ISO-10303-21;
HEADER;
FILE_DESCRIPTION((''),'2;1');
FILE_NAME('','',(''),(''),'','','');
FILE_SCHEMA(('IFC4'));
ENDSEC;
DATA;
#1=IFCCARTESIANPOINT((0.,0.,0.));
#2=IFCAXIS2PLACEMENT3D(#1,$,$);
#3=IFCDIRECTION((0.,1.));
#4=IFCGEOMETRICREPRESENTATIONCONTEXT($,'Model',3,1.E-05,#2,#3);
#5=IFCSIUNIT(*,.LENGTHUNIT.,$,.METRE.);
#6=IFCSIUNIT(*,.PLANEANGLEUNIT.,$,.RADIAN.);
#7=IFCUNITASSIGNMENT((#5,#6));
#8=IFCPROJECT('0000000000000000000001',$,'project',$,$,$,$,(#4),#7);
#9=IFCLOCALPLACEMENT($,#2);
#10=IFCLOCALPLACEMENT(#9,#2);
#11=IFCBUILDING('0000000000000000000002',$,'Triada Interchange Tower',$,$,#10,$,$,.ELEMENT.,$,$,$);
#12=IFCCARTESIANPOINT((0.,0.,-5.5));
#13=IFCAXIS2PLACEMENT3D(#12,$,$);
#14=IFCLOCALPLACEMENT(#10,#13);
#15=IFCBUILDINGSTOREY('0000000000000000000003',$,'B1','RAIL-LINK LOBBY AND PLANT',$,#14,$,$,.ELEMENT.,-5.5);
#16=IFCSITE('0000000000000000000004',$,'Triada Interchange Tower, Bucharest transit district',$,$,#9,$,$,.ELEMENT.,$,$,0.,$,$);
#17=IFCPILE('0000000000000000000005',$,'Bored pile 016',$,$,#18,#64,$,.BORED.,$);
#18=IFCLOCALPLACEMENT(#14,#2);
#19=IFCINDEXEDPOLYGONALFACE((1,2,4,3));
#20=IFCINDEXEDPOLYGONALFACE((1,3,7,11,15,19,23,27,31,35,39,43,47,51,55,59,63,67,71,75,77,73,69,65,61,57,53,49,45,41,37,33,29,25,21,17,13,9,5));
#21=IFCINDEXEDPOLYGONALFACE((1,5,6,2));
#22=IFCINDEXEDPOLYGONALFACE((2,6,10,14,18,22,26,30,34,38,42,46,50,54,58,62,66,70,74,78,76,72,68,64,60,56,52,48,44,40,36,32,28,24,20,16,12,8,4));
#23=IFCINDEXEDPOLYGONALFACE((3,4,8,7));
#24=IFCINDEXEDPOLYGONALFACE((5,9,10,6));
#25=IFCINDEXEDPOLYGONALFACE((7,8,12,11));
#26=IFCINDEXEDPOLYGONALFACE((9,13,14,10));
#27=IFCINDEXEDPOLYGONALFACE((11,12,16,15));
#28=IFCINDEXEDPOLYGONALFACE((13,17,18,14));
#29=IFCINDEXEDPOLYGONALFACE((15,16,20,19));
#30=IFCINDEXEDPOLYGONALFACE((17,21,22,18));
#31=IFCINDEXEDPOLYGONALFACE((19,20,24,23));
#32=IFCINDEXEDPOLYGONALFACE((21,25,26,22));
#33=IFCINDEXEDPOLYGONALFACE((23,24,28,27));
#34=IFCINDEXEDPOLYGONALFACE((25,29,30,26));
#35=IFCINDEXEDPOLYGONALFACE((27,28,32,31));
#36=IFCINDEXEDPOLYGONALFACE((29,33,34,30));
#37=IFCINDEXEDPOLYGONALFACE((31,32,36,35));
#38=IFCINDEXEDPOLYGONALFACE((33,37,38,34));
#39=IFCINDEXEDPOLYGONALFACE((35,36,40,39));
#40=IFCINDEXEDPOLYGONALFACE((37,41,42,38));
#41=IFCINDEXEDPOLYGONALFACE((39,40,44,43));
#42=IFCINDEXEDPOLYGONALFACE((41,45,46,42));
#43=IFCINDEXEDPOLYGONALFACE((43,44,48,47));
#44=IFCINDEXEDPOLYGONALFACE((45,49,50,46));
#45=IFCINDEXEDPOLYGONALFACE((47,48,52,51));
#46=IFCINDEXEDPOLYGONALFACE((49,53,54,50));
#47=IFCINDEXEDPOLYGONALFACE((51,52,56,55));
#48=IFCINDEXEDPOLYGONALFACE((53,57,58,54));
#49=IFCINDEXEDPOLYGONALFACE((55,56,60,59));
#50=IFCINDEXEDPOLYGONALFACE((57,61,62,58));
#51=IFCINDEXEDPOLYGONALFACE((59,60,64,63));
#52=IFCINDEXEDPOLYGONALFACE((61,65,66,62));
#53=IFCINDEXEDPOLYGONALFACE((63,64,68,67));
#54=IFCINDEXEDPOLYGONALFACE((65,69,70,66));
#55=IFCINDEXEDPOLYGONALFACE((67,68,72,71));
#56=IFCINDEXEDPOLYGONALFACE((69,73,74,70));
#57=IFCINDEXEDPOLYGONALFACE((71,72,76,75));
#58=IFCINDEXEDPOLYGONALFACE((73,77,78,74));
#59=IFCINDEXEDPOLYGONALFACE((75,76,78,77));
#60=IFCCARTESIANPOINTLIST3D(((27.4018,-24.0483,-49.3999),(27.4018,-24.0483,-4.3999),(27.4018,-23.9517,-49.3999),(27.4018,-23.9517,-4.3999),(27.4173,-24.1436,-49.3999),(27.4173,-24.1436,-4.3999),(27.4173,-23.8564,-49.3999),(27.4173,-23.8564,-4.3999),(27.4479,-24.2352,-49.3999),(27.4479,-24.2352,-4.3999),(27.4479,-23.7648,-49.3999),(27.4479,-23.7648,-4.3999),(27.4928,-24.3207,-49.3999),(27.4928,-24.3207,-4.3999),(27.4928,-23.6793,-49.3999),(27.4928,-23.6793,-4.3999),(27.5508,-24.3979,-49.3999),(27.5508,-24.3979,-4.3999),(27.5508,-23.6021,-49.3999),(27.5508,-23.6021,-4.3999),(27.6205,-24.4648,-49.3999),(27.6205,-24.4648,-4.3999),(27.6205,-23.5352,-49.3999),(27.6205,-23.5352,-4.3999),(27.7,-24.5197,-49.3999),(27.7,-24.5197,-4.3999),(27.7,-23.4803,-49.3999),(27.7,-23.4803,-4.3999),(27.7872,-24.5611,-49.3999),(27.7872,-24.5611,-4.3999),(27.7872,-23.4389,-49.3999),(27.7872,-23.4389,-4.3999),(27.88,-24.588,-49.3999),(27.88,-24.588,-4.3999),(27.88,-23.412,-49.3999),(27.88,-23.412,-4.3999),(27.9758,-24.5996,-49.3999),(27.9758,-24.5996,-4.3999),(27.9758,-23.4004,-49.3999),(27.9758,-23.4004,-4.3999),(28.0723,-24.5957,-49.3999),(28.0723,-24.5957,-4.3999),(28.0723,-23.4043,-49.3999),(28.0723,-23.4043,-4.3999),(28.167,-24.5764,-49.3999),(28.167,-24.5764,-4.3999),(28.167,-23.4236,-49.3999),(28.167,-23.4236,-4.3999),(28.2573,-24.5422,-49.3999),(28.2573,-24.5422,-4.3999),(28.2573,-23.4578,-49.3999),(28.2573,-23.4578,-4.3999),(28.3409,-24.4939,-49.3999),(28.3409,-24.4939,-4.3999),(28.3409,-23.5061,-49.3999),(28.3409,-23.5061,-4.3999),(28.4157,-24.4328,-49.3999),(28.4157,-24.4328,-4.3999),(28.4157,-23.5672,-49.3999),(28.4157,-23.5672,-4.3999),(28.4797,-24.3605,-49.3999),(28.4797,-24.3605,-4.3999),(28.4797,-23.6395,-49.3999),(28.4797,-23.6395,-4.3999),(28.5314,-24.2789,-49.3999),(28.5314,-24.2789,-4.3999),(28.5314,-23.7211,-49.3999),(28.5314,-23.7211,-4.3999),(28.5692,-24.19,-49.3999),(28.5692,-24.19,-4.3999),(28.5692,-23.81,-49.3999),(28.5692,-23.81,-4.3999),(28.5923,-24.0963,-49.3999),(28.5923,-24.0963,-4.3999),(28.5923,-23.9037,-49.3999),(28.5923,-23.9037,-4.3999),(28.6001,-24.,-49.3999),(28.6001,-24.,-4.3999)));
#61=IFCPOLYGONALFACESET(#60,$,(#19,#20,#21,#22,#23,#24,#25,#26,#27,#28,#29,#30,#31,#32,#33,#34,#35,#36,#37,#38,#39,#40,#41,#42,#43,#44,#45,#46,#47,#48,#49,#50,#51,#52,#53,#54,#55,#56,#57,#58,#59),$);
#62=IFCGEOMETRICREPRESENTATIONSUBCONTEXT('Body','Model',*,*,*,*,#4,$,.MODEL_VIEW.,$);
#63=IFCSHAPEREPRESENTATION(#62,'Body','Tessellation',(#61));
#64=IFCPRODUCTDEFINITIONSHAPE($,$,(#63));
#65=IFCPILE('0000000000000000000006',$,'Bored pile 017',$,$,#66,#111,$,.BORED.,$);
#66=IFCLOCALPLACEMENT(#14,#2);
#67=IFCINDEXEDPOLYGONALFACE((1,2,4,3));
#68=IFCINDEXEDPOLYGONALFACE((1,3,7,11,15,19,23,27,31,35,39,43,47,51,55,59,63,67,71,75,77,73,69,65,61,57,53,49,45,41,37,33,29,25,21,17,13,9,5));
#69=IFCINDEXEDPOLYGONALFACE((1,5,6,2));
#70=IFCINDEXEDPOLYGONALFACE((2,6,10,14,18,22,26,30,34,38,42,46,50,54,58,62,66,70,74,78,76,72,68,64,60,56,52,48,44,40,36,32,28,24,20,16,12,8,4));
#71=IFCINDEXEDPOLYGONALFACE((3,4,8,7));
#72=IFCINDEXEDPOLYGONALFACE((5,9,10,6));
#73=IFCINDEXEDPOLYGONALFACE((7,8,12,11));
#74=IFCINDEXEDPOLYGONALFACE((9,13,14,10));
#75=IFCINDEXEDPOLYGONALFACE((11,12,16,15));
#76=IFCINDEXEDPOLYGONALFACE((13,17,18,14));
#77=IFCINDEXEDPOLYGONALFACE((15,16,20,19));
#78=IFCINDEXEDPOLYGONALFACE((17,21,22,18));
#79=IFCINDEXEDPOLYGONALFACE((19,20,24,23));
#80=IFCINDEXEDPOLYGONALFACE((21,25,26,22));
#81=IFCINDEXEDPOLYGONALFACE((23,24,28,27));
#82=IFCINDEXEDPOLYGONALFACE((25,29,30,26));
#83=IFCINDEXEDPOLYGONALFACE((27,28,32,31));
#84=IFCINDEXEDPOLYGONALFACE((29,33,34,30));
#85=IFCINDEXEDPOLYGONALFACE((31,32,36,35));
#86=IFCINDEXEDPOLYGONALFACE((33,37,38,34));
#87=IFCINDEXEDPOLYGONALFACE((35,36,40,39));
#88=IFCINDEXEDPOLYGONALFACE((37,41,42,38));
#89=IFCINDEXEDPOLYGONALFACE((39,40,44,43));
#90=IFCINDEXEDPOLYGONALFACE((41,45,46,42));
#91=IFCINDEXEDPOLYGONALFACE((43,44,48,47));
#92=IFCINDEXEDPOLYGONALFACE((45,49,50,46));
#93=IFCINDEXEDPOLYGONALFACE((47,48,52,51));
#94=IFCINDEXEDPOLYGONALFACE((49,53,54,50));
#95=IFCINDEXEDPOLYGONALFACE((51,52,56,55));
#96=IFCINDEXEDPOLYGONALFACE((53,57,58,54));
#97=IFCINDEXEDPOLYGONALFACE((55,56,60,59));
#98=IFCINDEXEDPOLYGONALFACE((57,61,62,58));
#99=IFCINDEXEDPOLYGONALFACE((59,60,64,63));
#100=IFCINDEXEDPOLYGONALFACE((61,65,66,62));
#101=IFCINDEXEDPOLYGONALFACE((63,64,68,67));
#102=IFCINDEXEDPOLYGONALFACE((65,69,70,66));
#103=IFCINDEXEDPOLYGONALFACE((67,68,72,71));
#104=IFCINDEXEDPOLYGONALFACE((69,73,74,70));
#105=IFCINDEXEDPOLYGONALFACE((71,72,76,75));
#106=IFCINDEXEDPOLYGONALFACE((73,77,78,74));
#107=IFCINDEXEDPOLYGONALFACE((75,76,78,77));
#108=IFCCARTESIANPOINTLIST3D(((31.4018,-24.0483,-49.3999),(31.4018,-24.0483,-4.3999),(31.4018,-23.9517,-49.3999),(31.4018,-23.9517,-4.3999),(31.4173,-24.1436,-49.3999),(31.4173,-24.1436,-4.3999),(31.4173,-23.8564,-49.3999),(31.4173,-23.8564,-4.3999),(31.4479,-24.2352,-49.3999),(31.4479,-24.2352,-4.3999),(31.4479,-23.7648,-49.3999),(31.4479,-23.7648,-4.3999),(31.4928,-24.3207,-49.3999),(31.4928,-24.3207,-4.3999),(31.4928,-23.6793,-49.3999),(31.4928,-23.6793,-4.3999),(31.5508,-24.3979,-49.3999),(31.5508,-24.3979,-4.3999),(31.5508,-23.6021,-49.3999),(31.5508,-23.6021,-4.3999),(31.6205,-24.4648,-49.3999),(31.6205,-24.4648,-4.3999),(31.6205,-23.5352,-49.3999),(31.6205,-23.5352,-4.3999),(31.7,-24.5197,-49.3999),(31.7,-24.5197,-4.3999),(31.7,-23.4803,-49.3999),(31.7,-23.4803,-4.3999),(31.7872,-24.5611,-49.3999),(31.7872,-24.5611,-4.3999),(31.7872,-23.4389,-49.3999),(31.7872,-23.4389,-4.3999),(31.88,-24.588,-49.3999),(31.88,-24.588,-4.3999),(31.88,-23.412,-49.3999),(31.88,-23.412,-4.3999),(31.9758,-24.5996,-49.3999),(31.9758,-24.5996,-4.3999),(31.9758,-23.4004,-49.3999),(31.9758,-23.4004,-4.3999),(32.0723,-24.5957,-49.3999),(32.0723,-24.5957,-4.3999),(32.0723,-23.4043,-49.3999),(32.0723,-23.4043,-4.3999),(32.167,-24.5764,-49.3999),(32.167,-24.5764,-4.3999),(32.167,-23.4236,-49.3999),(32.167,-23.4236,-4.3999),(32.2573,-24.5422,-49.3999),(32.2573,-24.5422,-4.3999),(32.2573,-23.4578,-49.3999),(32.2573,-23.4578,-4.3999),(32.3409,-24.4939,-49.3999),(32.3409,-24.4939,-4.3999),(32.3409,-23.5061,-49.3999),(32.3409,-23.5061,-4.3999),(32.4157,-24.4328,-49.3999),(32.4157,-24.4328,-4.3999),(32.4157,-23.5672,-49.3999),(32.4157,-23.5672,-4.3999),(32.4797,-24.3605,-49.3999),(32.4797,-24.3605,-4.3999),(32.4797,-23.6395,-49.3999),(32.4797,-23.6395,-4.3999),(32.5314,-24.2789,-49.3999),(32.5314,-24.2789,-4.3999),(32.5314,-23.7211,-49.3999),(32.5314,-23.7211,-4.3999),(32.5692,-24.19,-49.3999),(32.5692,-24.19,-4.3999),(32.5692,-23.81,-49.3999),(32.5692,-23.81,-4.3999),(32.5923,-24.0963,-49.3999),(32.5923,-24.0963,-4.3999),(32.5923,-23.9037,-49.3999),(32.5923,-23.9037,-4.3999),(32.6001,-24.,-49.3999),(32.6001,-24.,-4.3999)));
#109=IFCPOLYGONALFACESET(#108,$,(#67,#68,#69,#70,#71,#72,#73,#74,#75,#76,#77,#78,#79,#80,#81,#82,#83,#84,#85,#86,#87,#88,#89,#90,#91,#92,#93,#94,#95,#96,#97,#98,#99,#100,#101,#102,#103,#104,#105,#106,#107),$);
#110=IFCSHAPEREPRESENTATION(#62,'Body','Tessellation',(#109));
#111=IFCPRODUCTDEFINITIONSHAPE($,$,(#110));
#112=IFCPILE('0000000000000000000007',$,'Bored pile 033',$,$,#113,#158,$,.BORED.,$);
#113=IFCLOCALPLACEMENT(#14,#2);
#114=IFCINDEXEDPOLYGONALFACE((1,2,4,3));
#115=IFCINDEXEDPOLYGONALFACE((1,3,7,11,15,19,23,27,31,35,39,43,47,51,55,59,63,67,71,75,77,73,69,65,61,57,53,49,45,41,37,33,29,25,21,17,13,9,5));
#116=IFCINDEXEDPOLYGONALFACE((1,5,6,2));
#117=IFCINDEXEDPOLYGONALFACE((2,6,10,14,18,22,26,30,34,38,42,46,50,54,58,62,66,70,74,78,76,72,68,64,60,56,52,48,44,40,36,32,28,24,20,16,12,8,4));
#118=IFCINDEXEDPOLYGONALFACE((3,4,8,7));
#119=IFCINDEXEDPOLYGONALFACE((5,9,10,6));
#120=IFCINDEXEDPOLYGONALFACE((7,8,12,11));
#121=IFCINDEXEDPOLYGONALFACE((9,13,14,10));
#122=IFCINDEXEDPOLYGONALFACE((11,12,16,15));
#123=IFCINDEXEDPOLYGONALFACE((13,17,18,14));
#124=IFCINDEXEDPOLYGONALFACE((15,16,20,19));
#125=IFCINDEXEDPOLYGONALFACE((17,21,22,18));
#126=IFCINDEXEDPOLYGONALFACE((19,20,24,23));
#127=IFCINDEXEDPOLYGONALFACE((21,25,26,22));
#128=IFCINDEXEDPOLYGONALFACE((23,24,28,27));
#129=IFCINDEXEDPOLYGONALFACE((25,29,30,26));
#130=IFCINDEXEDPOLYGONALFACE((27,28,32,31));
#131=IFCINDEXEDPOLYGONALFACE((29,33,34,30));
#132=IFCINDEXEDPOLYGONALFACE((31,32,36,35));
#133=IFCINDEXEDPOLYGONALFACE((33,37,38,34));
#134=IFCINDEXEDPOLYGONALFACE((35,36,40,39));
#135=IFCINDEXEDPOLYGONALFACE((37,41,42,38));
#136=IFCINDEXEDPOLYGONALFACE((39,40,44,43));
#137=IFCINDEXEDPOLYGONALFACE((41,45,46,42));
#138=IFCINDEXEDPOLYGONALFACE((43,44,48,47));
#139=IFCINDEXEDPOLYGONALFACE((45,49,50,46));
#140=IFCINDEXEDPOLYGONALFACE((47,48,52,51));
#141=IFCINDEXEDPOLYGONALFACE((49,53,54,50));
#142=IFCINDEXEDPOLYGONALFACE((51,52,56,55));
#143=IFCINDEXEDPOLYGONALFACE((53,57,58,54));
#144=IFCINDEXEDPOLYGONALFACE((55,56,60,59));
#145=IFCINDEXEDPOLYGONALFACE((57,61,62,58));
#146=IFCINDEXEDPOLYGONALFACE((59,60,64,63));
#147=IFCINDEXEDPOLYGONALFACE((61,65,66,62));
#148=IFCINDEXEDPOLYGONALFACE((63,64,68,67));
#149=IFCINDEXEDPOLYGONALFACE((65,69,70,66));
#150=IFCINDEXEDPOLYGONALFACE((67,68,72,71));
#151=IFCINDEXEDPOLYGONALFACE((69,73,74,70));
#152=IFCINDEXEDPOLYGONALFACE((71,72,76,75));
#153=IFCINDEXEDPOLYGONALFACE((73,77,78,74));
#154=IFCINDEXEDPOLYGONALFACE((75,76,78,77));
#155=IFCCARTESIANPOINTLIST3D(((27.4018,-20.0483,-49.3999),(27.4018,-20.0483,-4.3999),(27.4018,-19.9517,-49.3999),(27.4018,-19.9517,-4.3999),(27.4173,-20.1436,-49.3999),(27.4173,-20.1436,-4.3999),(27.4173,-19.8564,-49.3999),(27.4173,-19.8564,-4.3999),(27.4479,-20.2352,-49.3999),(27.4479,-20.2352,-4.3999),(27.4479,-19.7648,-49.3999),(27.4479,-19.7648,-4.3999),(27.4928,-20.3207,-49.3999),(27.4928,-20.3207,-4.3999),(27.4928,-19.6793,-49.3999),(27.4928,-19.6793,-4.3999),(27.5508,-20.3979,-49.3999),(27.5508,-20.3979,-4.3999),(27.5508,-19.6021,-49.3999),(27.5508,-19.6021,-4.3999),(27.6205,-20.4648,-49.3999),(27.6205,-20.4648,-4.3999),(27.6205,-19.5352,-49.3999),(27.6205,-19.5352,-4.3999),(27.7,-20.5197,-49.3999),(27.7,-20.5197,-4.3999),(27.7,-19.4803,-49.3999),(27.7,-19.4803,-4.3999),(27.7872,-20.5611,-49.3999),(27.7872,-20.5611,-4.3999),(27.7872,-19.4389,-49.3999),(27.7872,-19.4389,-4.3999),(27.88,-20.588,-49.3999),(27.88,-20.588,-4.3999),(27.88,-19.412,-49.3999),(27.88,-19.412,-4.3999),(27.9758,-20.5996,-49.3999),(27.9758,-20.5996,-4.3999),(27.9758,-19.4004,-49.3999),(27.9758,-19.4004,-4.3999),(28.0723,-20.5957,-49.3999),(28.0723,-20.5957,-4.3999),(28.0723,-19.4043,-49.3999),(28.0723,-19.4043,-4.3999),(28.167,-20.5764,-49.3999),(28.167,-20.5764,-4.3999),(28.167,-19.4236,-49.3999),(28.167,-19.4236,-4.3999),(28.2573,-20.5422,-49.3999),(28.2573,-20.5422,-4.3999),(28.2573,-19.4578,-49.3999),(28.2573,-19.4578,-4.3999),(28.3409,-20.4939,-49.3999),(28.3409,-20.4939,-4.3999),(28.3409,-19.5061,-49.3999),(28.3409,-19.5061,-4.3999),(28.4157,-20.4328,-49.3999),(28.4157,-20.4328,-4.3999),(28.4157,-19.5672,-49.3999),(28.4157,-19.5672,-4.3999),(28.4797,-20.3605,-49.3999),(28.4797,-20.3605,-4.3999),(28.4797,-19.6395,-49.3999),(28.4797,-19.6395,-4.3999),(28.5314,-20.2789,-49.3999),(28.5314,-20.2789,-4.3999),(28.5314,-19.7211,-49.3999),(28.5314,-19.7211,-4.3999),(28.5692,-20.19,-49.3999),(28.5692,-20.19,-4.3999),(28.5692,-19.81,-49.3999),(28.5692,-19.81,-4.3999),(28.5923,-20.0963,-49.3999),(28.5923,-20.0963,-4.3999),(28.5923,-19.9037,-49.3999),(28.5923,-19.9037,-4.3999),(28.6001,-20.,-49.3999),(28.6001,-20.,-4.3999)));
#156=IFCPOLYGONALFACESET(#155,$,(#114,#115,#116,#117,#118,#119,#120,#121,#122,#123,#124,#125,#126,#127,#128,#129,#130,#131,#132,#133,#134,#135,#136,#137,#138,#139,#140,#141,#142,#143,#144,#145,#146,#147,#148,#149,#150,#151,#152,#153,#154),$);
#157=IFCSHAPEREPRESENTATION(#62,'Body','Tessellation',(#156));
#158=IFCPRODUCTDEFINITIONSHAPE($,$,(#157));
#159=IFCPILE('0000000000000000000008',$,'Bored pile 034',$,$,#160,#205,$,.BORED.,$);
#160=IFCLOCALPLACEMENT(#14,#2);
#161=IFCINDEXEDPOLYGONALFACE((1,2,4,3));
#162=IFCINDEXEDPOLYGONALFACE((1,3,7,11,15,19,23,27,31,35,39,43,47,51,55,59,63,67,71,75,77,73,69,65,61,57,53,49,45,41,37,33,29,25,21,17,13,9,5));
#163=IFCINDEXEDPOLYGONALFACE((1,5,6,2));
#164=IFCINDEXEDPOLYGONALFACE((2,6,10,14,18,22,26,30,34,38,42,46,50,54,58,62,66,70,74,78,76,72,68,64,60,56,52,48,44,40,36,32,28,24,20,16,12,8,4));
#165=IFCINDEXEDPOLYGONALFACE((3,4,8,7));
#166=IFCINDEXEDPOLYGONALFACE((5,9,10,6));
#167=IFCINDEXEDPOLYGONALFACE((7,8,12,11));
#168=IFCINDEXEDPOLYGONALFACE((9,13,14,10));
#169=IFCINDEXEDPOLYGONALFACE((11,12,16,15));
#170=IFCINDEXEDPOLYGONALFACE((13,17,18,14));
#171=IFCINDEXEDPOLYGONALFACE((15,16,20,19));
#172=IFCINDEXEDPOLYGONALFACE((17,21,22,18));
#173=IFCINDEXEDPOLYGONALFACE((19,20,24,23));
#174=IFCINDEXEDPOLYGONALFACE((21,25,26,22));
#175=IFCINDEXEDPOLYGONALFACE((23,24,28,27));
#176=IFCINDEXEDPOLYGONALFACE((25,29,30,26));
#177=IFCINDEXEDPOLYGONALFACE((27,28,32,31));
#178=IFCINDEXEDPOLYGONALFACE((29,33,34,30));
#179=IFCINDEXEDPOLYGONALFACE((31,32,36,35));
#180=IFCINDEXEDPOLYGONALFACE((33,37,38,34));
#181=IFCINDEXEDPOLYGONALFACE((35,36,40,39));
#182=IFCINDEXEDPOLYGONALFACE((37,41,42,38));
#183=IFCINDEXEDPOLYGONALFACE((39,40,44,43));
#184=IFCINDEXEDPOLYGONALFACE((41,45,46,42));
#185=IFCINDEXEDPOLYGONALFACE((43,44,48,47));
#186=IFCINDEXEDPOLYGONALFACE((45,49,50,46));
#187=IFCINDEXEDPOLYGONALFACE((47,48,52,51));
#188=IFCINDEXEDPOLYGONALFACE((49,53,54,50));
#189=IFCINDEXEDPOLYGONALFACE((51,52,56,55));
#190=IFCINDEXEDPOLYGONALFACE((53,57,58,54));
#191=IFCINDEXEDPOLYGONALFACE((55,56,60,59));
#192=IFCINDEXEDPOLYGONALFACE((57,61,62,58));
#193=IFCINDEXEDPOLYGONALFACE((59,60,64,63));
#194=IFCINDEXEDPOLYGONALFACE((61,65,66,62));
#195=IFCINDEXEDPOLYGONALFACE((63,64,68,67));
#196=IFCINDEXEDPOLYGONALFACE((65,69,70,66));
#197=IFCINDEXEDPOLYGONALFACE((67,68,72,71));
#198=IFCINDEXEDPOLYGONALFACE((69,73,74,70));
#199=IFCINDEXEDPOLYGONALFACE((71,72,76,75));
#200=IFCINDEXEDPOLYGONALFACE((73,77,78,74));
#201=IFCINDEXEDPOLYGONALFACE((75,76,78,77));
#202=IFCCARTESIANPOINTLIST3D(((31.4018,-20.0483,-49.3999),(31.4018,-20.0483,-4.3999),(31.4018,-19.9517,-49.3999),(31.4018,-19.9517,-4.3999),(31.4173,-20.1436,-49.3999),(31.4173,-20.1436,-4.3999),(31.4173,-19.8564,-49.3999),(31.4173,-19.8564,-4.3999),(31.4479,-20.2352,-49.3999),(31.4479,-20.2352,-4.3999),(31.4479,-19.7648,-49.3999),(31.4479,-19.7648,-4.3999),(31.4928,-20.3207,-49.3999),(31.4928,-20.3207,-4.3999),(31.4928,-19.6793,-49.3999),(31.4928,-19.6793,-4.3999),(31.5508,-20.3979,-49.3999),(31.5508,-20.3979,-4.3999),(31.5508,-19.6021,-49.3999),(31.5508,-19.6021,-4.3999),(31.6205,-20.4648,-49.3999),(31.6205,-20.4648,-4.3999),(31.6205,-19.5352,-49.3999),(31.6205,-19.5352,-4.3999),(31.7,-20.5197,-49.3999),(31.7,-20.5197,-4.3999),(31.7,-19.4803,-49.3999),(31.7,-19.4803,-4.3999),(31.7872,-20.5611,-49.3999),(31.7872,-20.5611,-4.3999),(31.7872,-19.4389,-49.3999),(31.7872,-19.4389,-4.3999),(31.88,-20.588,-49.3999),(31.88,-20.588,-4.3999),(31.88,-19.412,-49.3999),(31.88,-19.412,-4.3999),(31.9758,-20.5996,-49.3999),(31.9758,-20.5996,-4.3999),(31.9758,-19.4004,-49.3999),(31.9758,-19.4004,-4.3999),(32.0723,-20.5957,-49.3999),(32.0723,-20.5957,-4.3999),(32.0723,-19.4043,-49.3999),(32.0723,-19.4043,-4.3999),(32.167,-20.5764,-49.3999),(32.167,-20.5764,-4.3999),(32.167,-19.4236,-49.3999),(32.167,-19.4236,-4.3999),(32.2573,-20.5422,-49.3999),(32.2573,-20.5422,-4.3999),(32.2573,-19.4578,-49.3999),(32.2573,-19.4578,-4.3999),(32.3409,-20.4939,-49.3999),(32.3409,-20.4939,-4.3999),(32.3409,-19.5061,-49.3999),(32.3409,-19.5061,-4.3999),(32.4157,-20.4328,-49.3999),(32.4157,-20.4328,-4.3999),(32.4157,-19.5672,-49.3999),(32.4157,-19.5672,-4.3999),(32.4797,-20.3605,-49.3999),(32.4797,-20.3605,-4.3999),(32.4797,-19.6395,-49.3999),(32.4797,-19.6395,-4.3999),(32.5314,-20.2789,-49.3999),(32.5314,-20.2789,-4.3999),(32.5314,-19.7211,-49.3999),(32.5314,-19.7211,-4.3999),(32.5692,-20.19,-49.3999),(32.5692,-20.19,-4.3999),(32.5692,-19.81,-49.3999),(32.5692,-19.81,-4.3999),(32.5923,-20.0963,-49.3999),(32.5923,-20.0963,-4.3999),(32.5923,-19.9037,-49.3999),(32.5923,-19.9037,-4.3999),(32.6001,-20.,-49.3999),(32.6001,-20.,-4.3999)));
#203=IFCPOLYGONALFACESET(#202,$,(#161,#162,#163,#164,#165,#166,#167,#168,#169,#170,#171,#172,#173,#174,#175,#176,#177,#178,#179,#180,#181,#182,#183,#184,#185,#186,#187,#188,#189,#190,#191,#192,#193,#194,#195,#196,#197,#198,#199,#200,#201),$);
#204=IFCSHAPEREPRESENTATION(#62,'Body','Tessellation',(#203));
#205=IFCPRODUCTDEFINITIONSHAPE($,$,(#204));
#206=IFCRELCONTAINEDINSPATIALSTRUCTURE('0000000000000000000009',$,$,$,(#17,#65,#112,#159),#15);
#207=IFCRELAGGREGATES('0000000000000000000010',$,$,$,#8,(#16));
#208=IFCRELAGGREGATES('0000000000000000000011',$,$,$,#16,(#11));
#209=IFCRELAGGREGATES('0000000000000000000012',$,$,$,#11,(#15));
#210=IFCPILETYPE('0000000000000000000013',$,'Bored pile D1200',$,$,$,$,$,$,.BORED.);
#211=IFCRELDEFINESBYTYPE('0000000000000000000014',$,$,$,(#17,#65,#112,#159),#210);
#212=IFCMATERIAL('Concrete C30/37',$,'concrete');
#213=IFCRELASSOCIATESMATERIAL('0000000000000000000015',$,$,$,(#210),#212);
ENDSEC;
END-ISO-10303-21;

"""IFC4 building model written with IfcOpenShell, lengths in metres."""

from ifc_helpers import new_model, si_unit, direction, frame, origin, origin_2d, place, context, subcontext, project, spatial, circle, extrude, material, material_profile, profile_set, type_object, element, save


model = new_model("IFC4")

# Units and contexts
model_context = context("Model", 3, precision=1e-05, world=origin(), true_north=direction((0.0, 1.0)))
body_context = subcontext(model_context, "Body", "Model", "MODEL_VIEW")
ifc_project = project(units=[si_unit("LENGTHUNIT", "METRE"), si_unit("PLANEANGLEUNIT", "RADIAN")], contexts=[model_context])

# Site, building, storey
site_placement = place(None, origin())
site = spatial("IfcSite", under=ifc_project, at=site_placement, Name="Triada Interchange Tower, Bucharest transit district", CompositionType="ELEMENT", RefElevation=0.0)
building_placement = place(site_placement, origin())
building = spatial("IfcBuilding", under=site, at=building_placement, Name="Triada Interchange Tower", CompositionType="ELEMENT")
storey_placement = place(building_placement, frame((0.0, 0.0, -5.5)))
storey = spatial("IfcBuildingStorey", under=building, at=storey_placement, Name="B1", Description="RAIL-LINK LOBBY AND PLANT", CompositionType="ELEMENT", Elevation=-5.5)

# Piles
ifc_material_1 = material(Name="Concrete C30/37", Category="concrete")
ifc_material_profile_1 = material_profile(ifc_material_1, circle(Radius=0.6001, at=origin_2d()), Name="RC D1200")
ifc_profile_set_1 = profile_set([ifc_material_profile_1], Name="Concrete C30/37")
pile_type = type_object("IfcPileType", Name="Bored pile D1200", PredefinedType="BORED", material=ifc_profile_set_1)
for number, where, z_axis, x_axis, name in (
    (1, (28.0, -24.0, -4.3999), (0.0, 0.0, -1.0), (1.0, 0.0, 0.0), "Bored pile 016"),
    (2, (32.0, -24.0, -4.3999), (0.0, 0.0, -1.0), (1.0, 0.0, 0.0), "Bored pile 017"),
    (3, (28.0, -20.0, -4.3999), (0.0, 0.0, -1.0), (1.0, 0.0, 0.0), "Bored pile 033"),
    (4, (32.0, -20.0, -4.3999), (0.0, 0.0, -1.0), (1.0, 0.0, 0.0), "Bored pile 034"),
):
    element("IfcPile", number, at=place(storey_placement, frame(where, z_axis=z_axis, x_axis=x_axis)), inside=storey, type_object=pile_type, Name=name, PredefinedType="BORED", context=body_context, shape_type="SweptSolid", body=[
        extrude(circle(Radius=0.6001, at=origin_2d()), origin(), (0.0, 0.0, 1.0), 45.0),
    ])

save(model, "model.ifc")
